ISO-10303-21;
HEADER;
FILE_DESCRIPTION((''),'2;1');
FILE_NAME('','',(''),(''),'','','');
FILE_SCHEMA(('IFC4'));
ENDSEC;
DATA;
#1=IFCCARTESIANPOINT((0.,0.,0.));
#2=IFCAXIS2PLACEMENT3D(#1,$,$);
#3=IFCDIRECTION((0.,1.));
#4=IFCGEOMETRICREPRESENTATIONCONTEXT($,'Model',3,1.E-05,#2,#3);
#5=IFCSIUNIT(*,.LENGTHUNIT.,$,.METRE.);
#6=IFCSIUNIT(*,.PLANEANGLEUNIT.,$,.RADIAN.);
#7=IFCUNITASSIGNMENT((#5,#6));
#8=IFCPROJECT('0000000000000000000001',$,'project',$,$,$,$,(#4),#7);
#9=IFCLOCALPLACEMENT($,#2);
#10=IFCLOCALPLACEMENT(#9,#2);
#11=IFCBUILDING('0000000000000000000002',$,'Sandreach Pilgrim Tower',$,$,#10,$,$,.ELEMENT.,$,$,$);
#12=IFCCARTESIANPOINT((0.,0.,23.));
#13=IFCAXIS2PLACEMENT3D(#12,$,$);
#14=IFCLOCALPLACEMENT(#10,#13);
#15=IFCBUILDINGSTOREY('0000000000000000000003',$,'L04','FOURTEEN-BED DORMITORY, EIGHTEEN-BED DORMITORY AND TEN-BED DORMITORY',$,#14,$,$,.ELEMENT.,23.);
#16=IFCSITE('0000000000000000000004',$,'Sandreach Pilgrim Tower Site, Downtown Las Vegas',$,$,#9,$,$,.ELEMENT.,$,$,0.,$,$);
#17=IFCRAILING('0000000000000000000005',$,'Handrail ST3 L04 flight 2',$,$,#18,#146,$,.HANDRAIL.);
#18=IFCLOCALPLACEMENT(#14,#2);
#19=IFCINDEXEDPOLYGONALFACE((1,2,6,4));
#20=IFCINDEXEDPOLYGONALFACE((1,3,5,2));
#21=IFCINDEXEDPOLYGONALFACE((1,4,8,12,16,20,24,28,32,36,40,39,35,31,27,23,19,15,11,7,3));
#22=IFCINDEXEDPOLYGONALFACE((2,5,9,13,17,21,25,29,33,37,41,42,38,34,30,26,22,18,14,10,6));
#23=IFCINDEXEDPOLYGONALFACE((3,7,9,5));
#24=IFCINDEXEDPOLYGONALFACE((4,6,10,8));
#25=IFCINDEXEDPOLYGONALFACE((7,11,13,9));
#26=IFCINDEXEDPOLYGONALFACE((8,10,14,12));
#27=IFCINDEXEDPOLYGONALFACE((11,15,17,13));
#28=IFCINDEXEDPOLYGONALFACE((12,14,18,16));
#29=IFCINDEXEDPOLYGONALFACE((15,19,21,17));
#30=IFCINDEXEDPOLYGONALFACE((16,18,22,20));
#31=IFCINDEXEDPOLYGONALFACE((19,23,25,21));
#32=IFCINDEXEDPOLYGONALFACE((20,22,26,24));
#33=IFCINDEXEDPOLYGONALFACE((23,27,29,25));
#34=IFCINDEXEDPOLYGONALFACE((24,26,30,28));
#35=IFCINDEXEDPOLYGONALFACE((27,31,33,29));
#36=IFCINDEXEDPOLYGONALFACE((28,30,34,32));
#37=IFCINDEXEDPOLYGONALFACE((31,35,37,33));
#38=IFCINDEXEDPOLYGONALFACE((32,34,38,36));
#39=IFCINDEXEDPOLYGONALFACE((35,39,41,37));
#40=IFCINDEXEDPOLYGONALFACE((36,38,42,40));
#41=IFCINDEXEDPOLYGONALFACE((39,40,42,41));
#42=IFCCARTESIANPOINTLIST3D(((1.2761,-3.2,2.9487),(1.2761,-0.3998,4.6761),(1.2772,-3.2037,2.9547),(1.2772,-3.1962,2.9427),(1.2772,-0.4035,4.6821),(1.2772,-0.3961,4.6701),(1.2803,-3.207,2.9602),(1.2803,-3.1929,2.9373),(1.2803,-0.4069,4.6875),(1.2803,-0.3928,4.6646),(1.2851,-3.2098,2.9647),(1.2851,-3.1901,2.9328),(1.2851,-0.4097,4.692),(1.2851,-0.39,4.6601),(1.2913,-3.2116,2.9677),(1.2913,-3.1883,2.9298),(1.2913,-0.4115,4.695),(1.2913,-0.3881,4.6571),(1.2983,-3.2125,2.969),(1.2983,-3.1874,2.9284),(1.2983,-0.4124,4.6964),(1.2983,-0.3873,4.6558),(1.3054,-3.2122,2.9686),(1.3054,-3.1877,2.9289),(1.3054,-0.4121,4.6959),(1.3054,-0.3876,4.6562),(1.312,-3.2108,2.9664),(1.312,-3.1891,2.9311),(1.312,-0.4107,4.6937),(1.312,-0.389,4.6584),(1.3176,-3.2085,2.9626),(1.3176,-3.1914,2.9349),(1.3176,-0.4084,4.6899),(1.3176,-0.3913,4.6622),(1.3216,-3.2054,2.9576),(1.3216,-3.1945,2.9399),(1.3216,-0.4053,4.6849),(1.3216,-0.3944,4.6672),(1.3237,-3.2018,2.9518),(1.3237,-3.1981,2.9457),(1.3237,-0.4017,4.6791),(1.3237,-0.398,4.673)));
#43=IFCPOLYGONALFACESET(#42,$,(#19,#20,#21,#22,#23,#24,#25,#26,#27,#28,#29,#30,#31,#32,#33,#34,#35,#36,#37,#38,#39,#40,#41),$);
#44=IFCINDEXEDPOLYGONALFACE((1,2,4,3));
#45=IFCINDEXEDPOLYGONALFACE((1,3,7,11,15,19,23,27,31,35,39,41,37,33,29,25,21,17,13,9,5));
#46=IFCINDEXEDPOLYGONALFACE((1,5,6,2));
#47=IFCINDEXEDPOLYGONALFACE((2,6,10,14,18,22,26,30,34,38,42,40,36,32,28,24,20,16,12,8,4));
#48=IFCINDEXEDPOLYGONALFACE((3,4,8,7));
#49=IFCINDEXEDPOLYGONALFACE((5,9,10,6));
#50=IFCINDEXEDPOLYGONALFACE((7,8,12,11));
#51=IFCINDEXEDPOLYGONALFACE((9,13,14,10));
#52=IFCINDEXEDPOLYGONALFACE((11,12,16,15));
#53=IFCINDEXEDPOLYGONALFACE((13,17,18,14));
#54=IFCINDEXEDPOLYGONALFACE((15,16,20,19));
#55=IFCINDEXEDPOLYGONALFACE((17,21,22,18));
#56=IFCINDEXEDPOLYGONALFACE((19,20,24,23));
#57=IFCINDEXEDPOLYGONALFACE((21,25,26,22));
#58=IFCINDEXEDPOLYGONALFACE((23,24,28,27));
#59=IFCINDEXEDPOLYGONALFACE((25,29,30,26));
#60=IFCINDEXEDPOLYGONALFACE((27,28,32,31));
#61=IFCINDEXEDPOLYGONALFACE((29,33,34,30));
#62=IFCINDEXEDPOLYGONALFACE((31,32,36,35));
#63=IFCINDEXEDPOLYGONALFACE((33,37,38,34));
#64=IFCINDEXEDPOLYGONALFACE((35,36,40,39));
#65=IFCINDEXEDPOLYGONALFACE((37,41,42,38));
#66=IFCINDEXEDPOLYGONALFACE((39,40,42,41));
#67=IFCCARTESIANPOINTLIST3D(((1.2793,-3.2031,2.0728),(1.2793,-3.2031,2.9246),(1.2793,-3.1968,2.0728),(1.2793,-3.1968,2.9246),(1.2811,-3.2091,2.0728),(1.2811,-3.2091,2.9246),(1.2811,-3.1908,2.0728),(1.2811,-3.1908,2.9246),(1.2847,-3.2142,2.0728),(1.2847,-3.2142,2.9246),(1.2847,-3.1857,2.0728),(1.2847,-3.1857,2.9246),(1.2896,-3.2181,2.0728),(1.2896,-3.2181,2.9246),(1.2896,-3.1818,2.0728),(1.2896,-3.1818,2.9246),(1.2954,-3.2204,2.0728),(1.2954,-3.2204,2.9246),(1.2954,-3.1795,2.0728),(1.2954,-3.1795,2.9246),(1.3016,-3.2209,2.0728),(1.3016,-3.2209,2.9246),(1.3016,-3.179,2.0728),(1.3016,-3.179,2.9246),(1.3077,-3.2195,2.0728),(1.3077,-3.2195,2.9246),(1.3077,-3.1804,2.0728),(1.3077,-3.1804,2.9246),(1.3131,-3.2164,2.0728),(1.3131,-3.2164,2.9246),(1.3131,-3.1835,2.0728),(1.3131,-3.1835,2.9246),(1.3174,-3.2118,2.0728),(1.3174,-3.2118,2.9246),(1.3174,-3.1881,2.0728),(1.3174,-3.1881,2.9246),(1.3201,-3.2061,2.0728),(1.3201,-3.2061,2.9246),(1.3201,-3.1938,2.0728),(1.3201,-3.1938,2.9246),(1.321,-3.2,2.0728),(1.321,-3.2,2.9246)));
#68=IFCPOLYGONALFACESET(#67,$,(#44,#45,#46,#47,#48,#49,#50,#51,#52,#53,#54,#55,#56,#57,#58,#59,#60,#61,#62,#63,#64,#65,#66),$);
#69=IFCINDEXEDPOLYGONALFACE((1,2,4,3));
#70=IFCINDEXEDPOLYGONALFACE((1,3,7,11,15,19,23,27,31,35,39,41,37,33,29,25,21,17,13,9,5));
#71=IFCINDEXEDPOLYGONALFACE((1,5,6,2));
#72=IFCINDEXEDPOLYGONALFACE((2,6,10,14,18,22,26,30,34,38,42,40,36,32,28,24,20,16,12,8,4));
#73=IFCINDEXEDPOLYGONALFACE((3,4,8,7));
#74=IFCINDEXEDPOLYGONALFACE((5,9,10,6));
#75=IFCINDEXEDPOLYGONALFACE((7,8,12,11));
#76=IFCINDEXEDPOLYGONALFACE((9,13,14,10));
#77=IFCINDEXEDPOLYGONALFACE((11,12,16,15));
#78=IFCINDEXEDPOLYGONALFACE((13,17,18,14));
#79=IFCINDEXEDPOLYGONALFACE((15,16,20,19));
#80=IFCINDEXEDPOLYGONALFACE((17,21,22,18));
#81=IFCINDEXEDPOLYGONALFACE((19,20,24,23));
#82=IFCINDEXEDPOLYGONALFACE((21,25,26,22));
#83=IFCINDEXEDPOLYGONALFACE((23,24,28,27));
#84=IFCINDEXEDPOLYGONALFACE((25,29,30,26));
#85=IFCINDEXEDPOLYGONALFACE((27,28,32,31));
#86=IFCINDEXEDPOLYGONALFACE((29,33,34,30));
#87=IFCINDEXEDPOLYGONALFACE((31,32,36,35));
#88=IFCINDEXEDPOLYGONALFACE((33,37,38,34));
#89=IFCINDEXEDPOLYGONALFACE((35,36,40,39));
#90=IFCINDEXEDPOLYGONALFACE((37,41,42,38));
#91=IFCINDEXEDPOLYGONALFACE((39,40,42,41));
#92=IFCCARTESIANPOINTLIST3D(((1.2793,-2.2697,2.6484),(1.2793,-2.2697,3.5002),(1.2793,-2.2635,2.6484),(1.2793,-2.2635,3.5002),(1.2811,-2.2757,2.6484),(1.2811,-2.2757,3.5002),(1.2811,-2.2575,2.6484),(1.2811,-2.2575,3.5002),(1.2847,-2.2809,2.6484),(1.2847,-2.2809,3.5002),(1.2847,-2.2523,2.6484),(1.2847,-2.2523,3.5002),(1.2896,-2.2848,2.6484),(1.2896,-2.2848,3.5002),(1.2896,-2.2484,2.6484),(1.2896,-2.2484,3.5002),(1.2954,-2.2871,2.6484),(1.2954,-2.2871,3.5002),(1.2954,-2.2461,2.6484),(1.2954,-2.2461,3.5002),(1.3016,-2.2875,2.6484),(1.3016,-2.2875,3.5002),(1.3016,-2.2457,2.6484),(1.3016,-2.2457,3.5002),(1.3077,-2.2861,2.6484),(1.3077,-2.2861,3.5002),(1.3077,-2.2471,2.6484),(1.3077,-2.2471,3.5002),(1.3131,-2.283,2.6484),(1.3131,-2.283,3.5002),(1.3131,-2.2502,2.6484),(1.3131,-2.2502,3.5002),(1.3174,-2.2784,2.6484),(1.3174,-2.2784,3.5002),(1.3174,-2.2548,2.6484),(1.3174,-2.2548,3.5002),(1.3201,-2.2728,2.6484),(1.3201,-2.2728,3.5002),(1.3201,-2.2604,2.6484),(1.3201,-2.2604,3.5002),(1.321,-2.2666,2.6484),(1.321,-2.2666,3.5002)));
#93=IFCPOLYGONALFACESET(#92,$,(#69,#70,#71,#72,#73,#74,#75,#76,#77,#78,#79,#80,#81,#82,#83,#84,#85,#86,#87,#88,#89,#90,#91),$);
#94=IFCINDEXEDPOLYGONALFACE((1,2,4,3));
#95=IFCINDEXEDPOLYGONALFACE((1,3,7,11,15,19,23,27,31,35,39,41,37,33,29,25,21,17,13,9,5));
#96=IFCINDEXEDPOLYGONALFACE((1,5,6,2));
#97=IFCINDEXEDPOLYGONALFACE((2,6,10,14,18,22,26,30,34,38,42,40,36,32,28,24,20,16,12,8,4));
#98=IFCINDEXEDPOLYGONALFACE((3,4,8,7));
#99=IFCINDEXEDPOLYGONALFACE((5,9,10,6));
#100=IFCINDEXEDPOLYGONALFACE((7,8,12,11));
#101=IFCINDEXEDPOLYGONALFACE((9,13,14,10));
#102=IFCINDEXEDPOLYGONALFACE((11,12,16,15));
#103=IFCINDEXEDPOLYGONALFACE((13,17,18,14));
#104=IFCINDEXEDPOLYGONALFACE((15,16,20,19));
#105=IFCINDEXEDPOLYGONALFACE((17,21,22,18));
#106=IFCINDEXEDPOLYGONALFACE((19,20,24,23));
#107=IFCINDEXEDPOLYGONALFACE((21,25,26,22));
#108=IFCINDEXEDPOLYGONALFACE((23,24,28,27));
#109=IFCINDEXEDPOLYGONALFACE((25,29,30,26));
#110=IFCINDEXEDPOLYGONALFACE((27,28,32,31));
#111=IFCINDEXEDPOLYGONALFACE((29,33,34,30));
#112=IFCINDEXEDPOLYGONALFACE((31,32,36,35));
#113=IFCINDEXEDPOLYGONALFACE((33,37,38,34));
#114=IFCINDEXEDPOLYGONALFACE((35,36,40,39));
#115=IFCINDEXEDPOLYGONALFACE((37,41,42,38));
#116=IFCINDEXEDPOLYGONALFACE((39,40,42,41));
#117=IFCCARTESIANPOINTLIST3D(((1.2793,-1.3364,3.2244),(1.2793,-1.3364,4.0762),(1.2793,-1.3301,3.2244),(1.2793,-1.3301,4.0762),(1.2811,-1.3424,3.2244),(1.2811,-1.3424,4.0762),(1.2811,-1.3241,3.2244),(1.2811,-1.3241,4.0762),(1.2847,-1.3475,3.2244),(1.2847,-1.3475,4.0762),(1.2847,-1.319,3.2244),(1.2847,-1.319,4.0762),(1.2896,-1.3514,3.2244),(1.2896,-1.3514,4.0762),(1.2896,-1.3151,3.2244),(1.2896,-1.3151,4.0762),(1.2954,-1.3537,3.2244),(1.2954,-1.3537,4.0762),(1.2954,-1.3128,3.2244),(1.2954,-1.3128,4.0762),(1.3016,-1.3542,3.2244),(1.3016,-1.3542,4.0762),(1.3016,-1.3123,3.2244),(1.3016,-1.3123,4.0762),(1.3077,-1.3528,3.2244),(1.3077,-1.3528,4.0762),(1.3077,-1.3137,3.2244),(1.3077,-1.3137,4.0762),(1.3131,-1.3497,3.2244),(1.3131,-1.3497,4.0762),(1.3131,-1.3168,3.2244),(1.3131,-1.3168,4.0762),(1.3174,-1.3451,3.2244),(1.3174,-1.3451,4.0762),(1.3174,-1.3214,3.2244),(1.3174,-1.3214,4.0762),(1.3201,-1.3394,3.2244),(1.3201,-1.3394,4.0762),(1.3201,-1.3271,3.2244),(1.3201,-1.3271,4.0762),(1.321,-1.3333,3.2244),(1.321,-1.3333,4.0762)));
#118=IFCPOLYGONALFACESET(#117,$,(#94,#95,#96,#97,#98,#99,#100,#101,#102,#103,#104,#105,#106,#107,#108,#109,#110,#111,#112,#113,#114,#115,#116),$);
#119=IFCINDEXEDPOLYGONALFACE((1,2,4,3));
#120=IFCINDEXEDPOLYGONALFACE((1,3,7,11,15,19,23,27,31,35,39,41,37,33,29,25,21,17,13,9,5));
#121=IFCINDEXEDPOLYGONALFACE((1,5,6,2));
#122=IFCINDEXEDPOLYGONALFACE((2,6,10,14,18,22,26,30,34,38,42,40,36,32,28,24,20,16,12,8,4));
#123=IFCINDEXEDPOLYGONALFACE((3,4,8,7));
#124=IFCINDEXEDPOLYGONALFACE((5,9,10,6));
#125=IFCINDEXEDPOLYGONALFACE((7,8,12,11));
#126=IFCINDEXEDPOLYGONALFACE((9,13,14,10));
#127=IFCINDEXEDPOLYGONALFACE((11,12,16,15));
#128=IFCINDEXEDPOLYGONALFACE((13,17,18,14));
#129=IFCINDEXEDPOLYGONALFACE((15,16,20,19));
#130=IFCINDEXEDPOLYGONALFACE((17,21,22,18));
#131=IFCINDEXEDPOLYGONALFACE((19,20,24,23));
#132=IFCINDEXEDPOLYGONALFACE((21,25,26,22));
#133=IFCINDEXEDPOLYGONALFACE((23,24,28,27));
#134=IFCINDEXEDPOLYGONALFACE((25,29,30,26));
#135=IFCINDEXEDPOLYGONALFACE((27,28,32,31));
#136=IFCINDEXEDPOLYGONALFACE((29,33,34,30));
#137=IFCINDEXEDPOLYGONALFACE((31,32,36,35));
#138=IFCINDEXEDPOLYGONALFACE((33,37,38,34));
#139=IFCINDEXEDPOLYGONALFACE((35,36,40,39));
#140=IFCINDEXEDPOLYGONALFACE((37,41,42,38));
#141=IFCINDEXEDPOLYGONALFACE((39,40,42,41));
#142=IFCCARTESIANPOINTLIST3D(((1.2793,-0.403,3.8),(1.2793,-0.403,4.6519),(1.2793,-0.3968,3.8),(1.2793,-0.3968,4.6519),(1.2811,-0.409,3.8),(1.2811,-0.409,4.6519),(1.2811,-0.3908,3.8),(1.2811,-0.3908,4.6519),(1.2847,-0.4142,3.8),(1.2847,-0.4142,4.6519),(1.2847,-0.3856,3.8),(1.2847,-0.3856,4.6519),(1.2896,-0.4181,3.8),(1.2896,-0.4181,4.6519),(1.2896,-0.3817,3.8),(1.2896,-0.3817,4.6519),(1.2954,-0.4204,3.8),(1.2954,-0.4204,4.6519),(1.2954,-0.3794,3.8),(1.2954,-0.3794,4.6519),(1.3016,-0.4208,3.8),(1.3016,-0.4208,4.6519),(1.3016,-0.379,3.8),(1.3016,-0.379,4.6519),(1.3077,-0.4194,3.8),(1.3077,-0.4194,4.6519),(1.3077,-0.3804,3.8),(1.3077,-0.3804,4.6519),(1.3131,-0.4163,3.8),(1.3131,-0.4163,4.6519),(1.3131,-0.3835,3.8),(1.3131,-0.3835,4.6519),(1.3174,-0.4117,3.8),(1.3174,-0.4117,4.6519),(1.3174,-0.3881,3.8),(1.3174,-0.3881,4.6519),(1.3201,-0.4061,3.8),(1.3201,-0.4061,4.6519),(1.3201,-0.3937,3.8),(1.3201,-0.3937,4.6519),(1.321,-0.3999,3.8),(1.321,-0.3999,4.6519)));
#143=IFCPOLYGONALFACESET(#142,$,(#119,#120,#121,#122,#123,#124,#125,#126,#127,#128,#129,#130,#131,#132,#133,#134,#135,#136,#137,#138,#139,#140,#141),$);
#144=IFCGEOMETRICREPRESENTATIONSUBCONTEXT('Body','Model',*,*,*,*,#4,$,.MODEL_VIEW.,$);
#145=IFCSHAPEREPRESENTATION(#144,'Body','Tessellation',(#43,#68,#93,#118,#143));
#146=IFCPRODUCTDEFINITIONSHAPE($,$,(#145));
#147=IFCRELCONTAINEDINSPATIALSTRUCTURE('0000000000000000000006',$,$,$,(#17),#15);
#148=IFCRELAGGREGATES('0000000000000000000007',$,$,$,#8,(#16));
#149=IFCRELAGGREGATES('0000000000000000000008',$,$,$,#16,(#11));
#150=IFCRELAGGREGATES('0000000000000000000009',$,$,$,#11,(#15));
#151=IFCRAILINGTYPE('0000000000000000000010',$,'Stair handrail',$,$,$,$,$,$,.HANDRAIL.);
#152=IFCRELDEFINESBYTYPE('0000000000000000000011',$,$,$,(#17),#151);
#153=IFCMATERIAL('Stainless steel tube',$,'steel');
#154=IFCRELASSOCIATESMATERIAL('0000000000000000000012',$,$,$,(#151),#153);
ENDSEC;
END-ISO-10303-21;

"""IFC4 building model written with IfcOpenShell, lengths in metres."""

from ifc_helpers import new_model, si_unit, direction, frame, origin, origin_2d, place, context, subcontext, project, spatial, circle, extrude, material, type_object, element, save


model = new_model("IFC4")

# Units and contexts
model_context = context("Model", 3, precision=1e-05, world=origin(), true_north=direction((0.0, 1.0)))
body_context = subcontext(model_context, "Body", "Model", "MODEL_VIEW")
ifc_project = project(units=[si_unit("LENGTHUNIT", "METRE"), si_unit("PLANEANGLEUNIT", "RADIAN")], contexts=[model_context])

# Site, building, storey
site_placement = place(None, origin())
site = spatial("IfcSite", under=ifc_project, at=site_placement, Name="Sandreach Pilgrim Tower Site, Downtown Las Vegas", CompositionType="ELEMENT", RefElevation=0.0)
building_placement = place(site_placement, origin())
building = spatial("IfcBuilding", under=site, at=building_placement, Name="Sandreach Pilgrim Tower", CompositionType="ELEMENT")
storey_placement = place(building_placement, frame((0.0, 0.0, 23.0)))
storey = spatial("IfcBuildingStorey", under=building, at=storey_placement, Name="L04", Description="FOURTEEN-BED DORMITORY, EIGHTEEN-BED DORMITORY AND TEN-BED DORMITORY", CompositionType="ELEMENT", Elevation=23.0)

# Railing
ifc_material_1 = material(Name="Stainless steel tube", Category="steel")
railing_type = type_object("IfcRailingType", Name="Stair handrail", PredefinedType="HANDRAIL", material=ifc_material_1)
for number, where, name in (
    (1, (1.3, -3.2, 2.0728), "Handrail ST3 L04 flight 2"),
):
    element("IfcRailing", number, at=place(storey_placement, frame(where)), inside=storey, type_object=railing_type, Name=name, PredefinedType="HANDRAIL", context=body_context, shape_type="SweptSolid", body=[
        extrude(circle(Radius=0.0239, at=origin_2d()), frame((0.0, 0.0, 0.876), z_axis=(0.0, 0.85109, 0.52502), x_axis=(-1.0, 0.0, 0.0)), (0.0, 0.0, 1.0), 3.29),
        extrude(circle(Radius=0.021, at=origin_2d()), origin(), (0.0, 0.0, 1.0), 0.8518),
        extrude(circle(Radius=0.021, at=origin_2d()), frame((0.0, 0.9333, 0.5757)), (0.0, 0.0, 1.0), 0.8518),
        extrude(circle(Radius=0.021, at=origin_2d()), frame((0.0, 1.8667, 1.1516)), (0.0, 0.0, 1.0), 0.8518),
        extrude(circle(Radius=0.021, at=origin_2d()), frame((0.0, 2.8, 1.7273)), (0.0, 0.0, 1.0), 0.8518),
    ])

save(model, "model.ifc")
